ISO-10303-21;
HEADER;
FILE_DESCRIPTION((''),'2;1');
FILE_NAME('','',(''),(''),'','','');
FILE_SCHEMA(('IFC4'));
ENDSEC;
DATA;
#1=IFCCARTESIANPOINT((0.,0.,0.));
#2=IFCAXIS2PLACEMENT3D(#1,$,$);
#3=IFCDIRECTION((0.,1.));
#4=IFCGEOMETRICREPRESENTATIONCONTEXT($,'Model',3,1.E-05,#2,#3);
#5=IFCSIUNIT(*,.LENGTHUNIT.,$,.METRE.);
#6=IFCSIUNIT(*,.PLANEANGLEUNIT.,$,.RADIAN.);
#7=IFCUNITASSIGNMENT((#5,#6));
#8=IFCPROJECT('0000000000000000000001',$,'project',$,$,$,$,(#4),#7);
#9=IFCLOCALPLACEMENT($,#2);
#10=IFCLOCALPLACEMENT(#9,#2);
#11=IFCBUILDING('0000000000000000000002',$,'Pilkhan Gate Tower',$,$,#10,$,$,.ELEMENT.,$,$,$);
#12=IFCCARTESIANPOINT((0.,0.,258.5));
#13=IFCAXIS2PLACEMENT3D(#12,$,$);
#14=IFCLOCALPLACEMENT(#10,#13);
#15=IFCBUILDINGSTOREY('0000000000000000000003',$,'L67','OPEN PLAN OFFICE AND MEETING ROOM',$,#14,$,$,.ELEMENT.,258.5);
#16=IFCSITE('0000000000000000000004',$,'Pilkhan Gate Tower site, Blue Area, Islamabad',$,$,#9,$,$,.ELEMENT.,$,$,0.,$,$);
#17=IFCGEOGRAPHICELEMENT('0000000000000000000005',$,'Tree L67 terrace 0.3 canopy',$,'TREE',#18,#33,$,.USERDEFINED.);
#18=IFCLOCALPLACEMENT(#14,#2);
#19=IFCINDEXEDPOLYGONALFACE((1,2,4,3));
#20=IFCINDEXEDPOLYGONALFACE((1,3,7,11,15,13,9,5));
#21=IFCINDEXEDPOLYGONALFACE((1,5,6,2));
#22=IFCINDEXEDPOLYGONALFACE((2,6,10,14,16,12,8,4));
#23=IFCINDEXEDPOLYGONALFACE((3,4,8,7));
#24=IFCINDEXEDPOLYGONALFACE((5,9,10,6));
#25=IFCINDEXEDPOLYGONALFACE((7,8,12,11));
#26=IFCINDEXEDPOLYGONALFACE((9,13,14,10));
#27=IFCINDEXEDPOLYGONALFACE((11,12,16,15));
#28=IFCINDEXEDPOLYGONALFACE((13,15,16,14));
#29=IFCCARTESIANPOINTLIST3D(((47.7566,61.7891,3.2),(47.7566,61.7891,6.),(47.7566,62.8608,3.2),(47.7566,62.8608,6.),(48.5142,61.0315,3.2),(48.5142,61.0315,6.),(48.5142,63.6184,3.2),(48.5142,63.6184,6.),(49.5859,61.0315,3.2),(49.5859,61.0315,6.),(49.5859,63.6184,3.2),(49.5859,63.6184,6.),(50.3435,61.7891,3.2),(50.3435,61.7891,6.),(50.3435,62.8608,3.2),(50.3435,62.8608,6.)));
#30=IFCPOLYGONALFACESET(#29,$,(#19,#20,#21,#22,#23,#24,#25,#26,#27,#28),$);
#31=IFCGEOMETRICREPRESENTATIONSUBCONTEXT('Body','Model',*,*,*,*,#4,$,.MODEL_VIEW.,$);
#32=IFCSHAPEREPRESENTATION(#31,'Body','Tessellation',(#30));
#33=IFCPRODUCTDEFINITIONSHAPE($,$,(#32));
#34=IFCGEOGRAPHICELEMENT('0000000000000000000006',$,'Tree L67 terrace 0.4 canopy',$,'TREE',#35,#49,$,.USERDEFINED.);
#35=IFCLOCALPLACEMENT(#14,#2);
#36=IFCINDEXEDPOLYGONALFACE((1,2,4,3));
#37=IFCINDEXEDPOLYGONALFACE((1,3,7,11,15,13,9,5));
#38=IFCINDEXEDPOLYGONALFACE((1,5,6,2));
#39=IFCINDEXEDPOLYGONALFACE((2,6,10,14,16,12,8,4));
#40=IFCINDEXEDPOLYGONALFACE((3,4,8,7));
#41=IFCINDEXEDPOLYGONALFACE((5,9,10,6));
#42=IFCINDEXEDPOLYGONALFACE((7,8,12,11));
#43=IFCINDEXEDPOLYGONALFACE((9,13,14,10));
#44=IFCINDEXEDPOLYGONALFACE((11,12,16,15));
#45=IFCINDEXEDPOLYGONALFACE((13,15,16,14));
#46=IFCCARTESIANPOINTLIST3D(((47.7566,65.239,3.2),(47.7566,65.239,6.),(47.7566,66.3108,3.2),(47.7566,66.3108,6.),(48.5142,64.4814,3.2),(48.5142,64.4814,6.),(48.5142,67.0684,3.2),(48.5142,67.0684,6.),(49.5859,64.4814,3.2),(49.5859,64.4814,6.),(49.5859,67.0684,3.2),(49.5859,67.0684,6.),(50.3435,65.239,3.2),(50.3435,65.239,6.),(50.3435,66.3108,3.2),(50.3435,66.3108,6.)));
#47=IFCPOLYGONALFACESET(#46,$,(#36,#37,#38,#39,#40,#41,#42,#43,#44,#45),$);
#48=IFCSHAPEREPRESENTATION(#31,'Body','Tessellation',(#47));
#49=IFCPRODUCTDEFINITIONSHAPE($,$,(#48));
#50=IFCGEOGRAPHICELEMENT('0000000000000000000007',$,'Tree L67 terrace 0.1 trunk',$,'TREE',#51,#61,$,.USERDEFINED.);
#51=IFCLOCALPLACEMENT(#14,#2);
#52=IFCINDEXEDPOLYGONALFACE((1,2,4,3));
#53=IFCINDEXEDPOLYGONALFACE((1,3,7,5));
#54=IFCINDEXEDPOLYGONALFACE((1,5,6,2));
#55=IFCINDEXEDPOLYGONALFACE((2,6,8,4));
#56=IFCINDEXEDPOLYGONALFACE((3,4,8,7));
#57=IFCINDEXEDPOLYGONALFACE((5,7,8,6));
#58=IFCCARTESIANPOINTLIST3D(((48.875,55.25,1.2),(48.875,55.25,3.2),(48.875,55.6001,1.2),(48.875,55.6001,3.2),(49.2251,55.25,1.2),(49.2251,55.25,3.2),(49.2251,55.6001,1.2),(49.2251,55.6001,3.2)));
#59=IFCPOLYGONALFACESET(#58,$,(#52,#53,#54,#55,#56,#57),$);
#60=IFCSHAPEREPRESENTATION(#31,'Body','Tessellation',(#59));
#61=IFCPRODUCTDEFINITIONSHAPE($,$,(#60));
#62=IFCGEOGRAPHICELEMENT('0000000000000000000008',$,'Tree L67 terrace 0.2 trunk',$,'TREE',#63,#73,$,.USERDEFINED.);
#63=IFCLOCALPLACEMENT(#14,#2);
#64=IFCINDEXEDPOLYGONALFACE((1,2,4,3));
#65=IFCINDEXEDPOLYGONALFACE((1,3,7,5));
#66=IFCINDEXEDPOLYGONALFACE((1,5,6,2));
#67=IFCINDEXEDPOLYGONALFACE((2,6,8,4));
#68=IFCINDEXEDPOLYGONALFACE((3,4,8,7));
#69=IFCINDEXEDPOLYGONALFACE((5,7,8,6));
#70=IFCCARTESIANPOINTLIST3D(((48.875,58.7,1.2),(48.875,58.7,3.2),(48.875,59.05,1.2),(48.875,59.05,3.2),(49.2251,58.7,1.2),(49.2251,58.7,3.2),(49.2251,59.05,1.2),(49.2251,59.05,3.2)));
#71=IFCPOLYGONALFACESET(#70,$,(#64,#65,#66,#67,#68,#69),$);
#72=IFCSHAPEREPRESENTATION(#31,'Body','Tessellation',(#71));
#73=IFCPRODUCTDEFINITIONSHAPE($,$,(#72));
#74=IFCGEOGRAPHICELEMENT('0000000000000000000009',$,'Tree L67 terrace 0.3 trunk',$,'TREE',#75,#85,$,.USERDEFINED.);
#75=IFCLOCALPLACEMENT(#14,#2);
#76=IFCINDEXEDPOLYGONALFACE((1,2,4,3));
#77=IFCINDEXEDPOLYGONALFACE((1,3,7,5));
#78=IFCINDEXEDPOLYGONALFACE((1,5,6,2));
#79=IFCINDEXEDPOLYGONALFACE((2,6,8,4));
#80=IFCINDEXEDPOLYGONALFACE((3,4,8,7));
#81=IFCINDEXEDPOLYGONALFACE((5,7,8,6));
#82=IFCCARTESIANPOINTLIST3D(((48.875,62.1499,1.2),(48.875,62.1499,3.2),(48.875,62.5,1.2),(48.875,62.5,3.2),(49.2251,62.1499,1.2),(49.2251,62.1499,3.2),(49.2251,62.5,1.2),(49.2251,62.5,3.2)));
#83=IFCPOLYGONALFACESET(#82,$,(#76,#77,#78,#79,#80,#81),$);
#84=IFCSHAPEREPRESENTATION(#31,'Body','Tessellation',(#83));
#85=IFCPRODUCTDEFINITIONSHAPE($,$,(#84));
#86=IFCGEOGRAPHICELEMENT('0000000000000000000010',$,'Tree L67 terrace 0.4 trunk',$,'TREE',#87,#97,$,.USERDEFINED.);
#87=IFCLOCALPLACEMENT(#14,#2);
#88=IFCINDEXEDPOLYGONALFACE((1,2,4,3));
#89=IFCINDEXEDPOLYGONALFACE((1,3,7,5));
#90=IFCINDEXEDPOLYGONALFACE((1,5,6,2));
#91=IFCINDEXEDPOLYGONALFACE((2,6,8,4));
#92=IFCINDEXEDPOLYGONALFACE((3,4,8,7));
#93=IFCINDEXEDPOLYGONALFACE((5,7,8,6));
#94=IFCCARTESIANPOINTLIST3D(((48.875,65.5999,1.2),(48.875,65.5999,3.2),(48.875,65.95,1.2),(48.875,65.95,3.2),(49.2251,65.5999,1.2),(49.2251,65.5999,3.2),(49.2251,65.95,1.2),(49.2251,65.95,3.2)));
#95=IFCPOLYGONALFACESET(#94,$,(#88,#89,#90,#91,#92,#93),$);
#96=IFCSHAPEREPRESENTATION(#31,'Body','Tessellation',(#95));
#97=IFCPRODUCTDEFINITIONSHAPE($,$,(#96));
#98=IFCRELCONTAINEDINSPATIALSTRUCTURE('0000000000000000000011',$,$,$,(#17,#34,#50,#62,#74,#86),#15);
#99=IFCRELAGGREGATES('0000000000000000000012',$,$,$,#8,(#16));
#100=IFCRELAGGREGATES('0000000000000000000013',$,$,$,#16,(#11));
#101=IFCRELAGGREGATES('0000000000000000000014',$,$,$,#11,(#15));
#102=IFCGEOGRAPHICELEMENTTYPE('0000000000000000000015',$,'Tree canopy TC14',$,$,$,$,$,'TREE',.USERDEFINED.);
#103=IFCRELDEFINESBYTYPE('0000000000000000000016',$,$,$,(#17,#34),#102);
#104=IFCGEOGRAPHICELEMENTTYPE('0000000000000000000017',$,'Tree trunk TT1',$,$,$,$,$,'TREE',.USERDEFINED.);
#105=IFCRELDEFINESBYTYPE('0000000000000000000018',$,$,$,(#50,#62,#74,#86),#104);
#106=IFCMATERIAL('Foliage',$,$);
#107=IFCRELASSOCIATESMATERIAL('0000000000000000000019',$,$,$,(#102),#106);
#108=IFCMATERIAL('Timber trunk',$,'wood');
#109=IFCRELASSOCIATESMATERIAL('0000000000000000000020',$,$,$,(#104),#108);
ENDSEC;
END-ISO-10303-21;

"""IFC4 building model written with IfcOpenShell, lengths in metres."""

from ifc_helpers import new_model, si_unit, direction, frame, origin, origin_2d, place, context, subcontext, project, spatial, polyline, rectangle, outline, extrude, material, material_profile, profile_set, type_object, element, save


model = new_model("IFC4")

# Units and contexts
model_context = context("Model", 3, precision=1e-05, world=origin(), true_north=direction((0.0, 1.0)))
body_context = subcontext(model_context, "Body", "Model", "MODEL_VIEW")
ifc_project = project(units=[si_unit("LENGTHUNIT", "METRE"), si_unit("PLANEANGLEUNIT", "RADIAN")], contexts=[model_context])

# Site, building, storey
site_placement = place(None, origin())
site = spatial("IfcSite", under=ifc_project, at=site_placement, Name="Pilkhan Gate Tower site, Blue Area, Islamabad", CompositionType="ELEMENT", RefElevation=0.0)
building_placement = place(site_placement, origin())
building = spatial("IfcBuilding", under=site, at=building_placement, Name="Pilkhan Gate Tower", CompositionType="ELEMENT")
storey_placement = place(building_placement, frame((0.0, 0.0, 258.5)))
storey = spatial("IfcBuildingStorey", under=building, at=storey_placement, Name="L67", Description="OPEN PLAN OFFICE AND MEETING ROOM", CompositionType="ELEMENT", Elevation=258.5)

# Geographic elements
ifc_material_1 = material(Name="Foliage")
ifc_material_profile_1 = material_profile(ifc_material_1, outline(polyline([(1.2935, 0.5359), (0.5359, 1.2935), (-0.5359, 1.2935), (-1.2935, 0.5359), (-1.2935, -0.5359), (-0.5359, -1.2935), (0.5359, -1.2935), (1.2935, -0.5359), (1.2935, 0.5359)])), Name="Canopy D2.8")
ifc_profile_set_1 = profile_set([ifc_material_profile_1], Name="Foliage")
geographic_element_type_1 = type_object("IfcGeographicElementType", Name="Tree canopy TC14", ElementType="TREE", PredefinedType="USERDEFINED", material=ifc_profile_set_1)
for number, where, z_axis, x_axis, name in (
    (1, (49.05, 62.325, 3.2), (0.0, 0.0, 1.0), (1.0, 0.0, 0.0), "Tree L67 terrace 0.3 canopy"),
    (2, (49.05, 65.7749, 3.2), (0.0, 0.0, 1.0), (1.0, 0.0, 0.0), "Tree L67 terrace 0.4 canopy"),
):
    element("IfcGeographicElement", number, at=place(storey_placement, frame(where, z_axis=z_axis, x_axis=x_axis)), inside=storey, type_object=geographic_element_type_1, Name=name, ObjectType="TREE", PredefinedType="USERDEFINED", context=body_context, shape_type="SweptSolid", body=[
        extrude(outline(polyline([(1.2935, 0.5359), (0.5359, 1.2935), (-0.5359, 1.2935), (-1.2935, 0.5359), (-1.2935, -0.5359), (-0.5359, -1.2935), (0.5359, -1.2935), (1.2935, -0.5359), (1.2935, 0.5359)])), origin(), (0.0, 0.0, 1.0), 2.8),
    ])
ifc_material_2 = material(Name="Timber trunk", Category="wood")
geographic_element_type_2 = type_object("IfcGeographicElementType", Name="Tree trunk TT1", ElementType="TREE", PredefinedType="USERDEFINED", material=ifc_material_2)
for number, where, z_axis, x_axis, name in (
    (3, (49.05, 55.425, 1.2), (0.0, 0.0, 1.0), (1.0, 0.0, 0.0), "Tree L67 terrace 0.1 trunk"),
    (4, (49.05, 58.875, 1.2), (0.0, 0.0, 1.0), (1.0, 0.0, 0.0), "Tree L67 terrace 0.2 trunk"),
    (5, (49.05, 62.325, 1.2), (0.0, 0.0, 1.0), (1.0, 0.0, 0.0), "Tree L67 terrace 0.3 trunk"),
    (6, (49.05, 65.7749, 1.2), (0.0, 0.0, 1.0), (1.0, 0.0, 0.0), "Tree L67 terrace 0.4 trunk"),
):
    element("IfcGeographicElement", number, at=place(storey_placement, frame(where, z_axis=z_axis, x_axis=x_axis)), inside=storey, type_object=geographic_element_type_2, Name=name, ObjectType="TREE", PredefinedType="USERDEFINED", context=body_context, shape_type="SweptSolid", body=[
        extrude(rectangle(XDim=0.3501, YDim=0.3501, at=origin_2d()), origin(), (0.0, 0.0, 1.0), 2.0),
    ])

save(model, "model.ifc")
